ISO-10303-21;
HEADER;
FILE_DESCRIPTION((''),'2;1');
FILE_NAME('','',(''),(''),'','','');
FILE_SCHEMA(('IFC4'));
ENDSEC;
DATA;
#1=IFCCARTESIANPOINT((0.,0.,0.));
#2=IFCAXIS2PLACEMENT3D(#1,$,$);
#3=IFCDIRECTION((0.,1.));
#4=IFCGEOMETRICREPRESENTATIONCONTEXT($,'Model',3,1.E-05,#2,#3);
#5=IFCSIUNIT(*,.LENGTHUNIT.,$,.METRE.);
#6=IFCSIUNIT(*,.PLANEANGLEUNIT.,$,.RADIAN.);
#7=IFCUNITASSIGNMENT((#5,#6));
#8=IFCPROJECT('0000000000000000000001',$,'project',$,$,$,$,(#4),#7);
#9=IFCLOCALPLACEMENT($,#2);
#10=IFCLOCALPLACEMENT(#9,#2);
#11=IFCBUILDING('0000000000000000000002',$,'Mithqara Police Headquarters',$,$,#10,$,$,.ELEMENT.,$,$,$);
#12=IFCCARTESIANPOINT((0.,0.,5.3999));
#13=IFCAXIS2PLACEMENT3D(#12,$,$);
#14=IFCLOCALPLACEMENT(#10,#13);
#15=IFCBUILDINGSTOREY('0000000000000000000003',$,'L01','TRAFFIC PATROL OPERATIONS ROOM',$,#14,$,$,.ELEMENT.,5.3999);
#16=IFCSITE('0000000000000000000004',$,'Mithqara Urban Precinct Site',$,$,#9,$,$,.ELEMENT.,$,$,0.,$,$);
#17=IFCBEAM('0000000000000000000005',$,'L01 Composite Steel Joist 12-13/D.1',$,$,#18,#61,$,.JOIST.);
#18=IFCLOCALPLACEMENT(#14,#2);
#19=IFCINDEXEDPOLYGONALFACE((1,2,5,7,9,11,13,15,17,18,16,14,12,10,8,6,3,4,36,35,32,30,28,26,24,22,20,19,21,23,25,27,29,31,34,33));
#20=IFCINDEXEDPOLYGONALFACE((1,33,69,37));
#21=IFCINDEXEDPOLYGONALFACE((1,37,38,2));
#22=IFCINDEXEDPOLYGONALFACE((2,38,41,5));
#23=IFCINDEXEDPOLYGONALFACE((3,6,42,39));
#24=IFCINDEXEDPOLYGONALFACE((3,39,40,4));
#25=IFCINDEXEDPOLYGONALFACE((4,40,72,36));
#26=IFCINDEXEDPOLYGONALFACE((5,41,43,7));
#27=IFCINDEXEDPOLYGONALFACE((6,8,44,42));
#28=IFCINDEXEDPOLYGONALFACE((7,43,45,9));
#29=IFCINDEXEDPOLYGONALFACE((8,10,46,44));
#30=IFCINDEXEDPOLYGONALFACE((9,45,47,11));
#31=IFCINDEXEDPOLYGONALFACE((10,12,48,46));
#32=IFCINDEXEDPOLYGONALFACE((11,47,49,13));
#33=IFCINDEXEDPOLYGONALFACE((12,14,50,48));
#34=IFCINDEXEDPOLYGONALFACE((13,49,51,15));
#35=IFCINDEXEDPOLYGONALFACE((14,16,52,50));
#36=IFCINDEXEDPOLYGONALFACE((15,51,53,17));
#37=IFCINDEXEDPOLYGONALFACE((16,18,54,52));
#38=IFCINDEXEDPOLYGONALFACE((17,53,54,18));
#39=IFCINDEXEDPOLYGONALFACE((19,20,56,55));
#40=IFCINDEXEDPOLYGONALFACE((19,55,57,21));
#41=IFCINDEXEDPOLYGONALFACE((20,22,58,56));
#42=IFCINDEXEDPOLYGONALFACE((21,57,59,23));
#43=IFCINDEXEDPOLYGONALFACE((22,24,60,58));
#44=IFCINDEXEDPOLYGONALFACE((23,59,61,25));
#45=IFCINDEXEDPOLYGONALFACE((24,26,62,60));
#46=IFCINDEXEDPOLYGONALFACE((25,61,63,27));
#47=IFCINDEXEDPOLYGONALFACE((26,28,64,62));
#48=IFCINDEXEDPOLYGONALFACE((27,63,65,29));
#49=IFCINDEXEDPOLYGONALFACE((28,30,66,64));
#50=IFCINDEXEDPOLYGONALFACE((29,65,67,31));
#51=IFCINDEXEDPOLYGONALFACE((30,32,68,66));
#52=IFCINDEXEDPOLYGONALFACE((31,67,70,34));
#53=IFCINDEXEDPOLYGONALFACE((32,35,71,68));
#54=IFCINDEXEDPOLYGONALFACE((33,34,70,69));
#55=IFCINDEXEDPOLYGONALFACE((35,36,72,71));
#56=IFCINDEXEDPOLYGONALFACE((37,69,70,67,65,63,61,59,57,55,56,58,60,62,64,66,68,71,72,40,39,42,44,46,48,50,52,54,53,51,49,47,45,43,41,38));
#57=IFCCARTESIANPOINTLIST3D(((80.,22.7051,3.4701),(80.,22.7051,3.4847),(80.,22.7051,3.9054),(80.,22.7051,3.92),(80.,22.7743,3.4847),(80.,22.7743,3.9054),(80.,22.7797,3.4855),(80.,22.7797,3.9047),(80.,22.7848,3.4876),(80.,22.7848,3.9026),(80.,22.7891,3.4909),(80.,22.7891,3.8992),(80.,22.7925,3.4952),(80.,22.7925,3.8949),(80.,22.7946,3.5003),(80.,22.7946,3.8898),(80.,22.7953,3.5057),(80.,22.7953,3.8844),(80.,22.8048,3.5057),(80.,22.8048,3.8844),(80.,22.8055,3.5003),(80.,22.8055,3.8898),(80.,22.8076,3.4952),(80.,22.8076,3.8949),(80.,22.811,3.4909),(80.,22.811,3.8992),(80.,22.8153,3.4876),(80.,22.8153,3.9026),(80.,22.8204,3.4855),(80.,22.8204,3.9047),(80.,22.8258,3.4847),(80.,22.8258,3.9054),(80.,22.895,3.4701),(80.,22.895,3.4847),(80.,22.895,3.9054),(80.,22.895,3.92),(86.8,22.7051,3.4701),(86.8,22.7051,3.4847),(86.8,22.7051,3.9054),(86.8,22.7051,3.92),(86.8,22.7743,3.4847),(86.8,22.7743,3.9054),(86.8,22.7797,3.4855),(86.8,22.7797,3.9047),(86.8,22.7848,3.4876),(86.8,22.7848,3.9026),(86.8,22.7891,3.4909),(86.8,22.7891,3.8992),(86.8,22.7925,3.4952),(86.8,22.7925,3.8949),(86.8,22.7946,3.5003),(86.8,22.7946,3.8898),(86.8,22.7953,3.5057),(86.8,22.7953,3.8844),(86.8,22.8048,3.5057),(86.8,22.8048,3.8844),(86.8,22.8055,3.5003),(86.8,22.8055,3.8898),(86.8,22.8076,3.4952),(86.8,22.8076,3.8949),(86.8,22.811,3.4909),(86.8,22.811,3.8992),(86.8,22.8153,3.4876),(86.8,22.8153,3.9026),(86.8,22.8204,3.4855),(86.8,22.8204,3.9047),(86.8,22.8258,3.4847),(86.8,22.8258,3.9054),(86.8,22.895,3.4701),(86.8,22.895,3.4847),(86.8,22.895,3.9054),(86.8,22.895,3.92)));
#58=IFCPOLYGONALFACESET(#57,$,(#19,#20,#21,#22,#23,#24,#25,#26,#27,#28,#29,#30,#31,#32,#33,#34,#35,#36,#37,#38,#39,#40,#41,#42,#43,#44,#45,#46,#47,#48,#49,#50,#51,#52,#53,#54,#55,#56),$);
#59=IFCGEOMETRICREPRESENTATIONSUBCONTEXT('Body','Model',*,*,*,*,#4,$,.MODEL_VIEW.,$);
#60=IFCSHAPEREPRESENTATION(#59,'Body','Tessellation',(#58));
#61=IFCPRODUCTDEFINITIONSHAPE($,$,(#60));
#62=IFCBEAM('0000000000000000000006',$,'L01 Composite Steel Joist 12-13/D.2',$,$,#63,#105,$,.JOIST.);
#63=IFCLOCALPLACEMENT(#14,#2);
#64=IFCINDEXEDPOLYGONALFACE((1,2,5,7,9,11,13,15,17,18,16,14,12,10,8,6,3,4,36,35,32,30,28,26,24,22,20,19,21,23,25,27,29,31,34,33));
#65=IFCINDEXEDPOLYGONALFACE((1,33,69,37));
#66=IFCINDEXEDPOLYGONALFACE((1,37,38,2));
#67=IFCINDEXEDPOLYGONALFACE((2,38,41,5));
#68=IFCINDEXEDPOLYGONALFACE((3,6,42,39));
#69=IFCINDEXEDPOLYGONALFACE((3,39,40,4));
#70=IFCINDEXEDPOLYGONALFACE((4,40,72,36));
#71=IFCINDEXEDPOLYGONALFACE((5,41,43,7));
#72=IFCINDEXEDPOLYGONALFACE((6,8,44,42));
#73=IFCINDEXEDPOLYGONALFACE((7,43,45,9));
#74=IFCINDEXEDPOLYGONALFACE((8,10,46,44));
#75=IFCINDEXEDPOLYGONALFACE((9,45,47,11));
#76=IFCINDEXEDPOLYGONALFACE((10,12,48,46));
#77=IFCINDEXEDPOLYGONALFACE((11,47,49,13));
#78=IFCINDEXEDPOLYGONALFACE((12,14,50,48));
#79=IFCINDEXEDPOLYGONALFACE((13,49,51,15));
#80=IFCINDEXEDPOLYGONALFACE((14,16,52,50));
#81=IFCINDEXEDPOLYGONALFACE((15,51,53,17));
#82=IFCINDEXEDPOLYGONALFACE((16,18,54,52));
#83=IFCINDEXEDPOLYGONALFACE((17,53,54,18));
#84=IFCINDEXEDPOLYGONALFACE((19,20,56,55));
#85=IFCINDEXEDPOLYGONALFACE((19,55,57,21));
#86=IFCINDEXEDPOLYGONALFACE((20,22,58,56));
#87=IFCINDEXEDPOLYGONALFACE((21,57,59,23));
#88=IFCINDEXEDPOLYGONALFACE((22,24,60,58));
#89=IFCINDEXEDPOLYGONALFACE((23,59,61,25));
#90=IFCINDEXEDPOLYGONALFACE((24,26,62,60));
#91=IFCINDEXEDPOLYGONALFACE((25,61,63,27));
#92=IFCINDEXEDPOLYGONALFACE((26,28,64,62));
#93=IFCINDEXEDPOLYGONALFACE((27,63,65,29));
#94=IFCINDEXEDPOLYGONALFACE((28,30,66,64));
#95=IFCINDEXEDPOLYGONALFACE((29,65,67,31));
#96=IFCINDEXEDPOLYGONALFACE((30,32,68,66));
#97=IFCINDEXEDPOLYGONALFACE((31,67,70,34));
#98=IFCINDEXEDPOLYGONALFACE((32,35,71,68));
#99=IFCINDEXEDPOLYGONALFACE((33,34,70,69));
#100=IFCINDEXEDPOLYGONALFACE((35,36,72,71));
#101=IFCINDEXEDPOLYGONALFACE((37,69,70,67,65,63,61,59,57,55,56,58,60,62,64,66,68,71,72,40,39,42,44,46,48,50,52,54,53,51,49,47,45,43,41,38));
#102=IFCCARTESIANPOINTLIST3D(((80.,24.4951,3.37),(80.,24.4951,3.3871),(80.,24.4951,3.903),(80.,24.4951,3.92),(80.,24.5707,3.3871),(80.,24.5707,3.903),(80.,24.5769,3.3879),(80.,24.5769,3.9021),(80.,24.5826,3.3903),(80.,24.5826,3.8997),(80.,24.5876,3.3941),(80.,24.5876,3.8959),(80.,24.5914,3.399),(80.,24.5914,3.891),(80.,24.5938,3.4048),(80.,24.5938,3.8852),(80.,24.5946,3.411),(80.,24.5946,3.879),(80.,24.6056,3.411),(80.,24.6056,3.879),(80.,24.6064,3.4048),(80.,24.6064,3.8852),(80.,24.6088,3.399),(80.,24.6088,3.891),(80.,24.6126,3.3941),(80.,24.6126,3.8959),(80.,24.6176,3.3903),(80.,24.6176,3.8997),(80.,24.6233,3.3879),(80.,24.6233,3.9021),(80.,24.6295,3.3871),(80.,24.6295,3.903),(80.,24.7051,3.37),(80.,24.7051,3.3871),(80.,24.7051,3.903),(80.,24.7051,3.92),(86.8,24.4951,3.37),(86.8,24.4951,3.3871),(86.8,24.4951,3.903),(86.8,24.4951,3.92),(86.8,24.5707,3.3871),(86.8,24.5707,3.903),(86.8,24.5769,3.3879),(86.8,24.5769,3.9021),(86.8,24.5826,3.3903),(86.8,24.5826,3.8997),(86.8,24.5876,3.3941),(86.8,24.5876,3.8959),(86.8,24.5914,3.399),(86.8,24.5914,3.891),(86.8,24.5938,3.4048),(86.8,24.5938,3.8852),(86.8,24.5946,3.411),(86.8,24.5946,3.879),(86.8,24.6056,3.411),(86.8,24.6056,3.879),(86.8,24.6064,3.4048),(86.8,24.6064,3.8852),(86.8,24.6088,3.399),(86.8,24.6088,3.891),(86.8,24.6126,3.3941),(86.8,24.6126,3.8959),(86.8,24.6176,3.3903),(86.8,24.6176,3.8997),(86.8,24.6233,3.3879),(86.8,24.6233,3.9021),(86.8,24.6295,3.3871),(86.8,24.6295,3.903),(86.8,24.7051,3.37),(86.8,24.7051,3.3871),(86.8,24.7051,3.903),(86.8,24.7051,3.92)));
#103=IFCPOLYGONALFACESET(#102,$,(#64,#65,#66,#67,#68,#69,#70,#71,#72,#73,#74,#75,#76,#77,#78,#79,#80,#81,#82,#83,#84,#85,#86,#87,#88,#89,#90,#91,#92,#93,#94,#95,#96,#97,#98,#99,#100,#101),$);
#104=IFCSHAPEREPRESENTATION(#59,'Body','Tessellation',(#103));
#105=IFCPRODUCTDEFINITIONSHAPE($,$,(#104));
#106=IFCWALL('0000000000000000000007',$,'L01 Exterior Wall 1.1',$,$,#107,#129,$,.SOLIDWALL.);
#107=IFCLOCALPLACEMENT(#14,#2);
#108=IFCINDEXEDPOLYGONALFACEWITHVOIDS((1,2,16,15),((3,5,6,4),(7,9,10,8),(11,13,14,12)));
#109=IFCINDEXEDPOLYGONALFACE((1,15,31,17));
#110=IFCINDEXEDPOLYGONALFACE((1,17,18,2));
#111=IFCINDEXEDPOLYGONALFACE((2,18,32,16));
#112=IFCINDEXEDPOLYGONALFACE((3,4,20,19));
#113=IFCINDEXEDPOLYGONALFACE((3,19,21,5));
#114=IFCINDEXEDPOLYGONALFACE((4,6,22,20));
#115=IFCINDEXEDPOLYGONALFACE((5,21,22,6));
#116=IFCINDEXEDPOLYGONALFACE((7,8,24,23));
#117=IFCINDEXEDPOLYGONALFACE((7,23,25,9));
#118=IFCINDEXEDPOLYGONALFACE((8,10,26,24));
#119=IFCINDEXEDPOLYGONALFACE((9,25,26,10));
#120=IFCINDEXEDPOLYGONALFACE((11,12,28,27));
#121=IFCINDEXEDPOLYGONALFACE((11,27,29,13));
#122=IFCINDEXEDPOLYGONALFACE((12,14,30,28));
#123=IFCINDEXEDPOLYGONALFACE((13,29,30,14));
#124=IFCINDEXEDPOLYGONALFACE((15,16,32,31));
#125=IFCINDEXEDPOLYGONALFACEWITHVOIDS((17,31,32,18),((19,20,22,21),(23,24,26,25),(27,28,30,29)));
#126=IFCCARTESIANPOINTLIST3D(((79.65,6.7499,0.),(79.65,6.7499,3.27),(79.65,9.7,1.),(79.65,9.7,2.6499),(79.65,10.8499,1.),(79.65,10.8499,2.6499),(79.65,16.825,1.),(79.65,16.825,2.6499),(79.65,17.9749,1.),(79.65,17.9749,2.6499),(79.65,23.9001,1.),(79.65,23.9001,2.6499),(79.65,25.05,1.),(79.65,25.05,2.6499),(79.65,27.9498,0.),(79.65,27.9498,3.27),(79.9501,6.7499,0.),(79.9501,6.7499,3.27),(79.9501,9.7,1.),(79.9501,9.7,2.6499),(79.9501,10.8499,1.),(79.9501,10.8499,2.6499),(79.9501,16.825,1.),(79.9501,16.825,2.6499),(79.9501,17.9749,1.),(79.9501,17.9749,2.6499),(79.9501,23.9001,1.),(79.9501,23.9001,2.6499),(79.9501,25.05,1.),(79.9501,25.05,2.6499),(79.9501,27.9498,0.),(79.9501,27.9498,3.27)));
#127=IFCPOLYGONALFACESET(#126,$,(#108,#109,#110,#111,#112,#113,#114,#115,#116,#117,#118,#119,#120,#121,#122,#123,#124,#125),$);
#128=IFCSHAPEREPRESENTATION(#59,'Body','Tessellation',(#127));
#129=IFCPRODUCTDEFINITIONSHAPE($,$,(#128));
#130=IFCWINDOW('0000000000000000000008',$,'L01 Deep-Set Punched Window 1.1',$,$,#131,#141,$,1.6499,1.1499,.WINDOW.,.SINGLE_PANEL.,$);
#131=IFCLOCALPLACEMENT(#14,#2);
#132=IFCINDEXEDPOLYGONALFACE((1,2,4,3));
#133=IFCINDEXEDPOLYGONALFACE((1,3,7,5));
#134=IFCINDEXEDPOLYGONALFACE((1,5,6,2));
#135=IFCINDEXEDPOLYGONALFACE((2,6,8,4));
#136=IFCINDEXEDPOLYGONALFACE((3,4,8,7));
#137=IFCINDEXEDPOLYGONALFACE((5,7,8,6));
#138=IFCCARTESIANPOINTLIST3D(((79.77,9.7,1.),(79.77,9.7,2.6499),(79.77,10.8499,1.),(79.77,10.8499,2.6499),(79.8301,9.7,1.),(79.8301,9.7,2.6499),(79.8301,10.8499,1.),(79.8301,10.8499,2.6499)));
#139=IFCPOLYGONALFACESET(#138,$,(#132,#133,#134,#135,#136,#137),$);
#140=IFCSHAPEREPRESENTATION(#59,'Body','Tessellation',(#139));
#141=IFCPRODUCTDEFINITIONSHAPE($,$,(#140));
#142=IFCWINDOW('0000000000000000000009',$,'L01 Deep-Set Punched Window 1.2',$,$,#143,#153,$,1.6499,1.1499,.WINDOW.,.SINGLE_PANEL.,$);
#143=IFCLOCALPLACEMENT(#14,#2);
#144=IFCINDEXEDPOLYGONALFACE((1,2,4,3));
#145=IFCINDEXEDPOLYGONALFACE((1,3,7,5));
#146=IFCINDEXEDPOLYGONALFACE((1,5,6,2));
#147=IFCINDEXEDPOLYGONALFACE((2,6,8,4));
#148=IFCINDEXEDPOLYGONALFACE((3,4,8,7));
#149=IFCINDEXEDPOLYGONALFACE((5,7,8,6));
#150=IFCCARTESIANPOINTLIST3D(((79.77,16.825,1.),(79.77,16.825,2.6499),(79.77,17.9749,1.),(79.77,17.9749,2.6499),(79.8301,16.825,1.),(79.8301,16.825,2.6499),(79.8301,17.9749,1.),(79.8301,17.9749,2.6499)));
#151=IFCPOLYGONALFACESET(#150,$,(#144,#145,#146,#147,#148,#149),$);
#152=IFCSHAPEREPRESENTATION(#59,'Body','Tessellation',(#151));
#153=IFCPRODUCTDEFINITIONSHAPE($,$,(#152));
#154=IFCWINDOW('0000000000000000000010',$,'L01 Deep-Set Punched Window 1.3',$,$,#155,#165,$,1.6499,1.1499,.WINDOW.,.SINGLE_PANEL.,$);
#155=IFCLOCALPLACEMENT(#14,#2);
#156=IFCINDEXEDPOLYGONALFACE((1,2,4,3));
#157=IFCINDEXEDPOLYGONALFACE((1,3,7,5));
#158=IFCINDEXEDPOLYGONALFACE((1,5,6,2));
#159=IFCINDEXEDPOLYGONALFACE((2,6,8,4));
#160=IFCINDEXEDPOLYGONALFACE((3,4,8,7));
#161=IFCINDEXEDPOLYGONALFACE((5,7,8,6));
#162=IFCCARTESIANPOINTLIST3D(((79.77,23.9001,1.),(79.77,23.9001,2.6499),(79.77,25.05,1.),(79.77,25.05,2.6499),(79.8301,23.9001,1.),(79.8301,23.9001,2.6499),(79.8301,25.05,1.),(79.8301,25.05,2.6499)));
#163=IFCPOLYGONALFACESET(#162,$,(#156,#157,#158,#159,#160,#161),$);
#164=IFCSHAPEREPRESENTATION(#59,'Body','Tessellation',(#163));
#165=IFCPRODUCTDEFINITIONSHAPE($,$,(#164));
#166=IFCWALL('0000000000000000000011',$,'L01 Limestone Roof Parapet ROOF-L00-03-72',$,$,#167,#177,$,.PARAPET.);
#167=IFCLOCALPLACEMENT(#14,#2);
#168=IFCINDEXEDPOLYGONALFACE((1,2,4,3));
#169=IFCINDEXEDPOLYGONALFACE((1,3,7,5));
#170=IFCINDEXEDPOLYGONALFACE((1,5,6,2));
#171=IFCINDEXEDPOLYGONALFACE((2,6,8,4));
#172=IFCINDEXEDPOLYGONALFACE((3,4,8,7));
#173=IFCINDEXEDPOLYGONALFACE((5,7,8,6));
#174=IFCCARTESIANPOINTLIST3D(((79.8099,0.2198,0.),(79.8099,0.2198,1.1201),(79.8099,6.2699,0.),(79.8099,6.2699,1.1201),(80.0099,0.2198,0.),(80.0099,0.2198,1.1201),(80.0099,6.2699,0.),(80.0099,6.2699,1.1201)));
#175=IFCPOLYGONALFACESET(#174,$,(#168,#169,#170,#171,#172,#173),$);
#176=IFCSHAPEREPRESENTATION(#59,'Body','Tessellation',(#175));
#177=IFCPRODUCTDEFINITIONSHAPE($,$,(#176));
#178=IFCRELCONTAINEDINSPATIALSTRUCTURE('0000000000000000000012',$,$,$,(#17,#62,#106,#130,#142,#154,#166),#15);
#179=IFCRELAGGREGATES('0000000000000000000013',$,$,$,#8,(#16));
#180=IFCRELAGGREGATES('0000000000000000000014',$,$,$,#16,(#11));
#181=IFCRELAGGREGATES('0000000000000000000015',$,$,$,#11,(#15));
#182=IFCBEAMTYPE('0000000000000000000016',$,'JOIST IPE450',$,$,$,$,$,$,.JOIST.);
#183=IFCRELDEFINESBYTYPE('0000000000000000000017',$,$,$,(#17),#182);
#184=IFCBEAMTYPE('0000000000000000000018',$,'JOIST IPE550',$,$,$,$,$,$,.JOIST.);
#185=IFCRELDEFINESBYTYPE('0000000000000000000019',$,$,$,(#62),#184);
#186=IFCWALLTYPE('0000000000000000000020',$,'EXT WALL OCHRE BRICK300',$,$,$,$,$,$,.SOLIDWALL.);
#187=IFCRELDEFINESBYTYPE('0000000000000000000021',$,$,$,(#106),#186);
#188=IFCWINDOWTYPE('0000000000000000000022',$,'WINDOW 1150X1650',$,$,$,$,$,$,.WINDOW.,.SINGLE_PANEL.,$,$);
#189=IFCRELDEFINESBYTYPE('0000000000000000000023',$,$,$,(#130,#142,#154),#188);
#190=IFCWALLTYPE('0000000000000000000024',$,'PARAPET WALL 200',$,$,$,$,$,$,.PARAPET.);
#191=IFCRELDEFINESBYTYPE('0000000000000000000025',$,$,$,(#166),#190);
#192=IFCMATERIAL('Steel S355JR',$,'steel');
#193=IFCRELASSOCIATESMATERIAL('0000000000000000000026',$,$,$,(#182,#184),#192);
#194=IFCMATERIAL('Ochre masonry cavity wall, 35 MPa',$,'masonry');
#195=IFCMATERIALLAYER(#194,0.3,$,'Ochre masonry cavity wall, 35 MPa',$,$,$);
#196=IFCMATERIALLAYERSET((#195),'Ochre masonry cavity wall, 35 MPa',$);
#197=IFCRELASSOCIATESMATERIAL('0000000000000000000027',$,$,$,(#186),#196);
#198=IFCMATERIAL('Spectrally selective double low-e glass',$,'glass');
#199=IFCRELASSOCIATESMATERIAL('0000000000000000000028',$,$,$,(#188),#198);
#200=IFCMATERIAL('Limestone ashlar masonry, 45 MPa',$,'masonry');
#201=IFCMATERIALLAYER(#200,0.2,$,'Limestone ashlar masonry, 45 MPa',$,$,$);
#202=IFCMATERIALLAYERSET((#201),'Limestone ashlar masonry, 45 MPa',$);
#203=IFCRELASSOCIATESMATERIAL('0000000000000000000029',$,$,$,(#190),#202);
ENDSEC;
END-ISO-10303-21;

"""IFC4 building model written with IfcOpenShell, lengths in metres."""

from ifc_helpers import new_model, si_unit, direction, frame, frame_2d, origin, origin_2d, place, context, subcontext, project, spatial, rectangle, i_section, extrude, material, layer, layer_set, material_profile, profile_set, type_object, element, fill, save


model = new_model("IFC4")

# Units and contexts
model_context = context("Model", 3, precision=1e-05, world=origin(), true_north=direction((0.0, 1.0)))
body_context = subcontext(model_context, "Body", "Model", "MODEL_VIEW")
ifc_project = project(units=[si_unit("LENGTHUNIT", "METRE"), si_unit("PLANEANGLEUNIT", "RADIAN")], contexts=[model_context])

# Site, building, storey
site_placement = place(None, origin())
site = spatial("IfcSite", under=ifc_project, at=site_placement, Name="Mithqara Urban Precinct Site", CompositionType="ELEMENT", RefElevation=0.0)
building_placement = place(site_placement, origin())
building = spatial("IfcBuilding", under=site, at=building_placement, Name="Mithqara Police Headquarters", CompositionType="ELEMENT")
storey_placement = place(building_placement, frame((0.0, 0.0, 5.3999)))
storey = spatial("IfcBuildingStorey", under=building, at=storey_placement, Name="L01", Description="TRAFFIC PATROL OPERATIONS ROOM", CompositionType="ELEMENT", Elevation=5.3999)

# Beams
ifc_material_1 = material(Name="Steel S355JR", Category="steel")
ifc_material_profile_1 = material_profile(ifc_material_1, i_section(OverallWidth=0.1899, OverallDepth=0.45, WebThickness=0.0095, FlangeThickness=0.0146, FilletRadius=0.021, at=origin_2d()), Name="IPE 450")
ifc_profile_set_1 = profile_set([ifc_material_profile_1], Name="Steel S355JR")
beam_type_1 = type_object("IfcBeamType", Name="JOIST IPE450", PredefinedType="JOIST", material=ifc_profile_set_1)
beam_1_placement = place(storey_placement, frame((80.0, 22.8, 3.6951), z_axis=(1.0, 0.0, 0.0), x_axis=(0.0, 1.0, 0.0)))
element("IfcBeam", 1, at=beam_1_placement, inside=storey, type_object=beam_type_1, Name="L01 Composite Steel Joist 12-13/D.1", PredefinedType="JOIST", context=body_context, shape_type="SweptSolid", body=[
    extrude(i_section(OverallWidth=0.1899, OverallDepth=0.45, WebThickness=0.0095, FlangeThickness=0.0146, FilletRadius=0.021, at=origin_2d()), origin(), (0.0, 0.0, 1.0), 6.8),
])
ifc_material_profile_2 = material_profile(ifc_material_1, i_section(OverallWidth=0.21, OverallDepth=0.55, WebThickness=0.011, FlangeThickness=0.0171, FilletRadius=0.0239, at=origin_2d()), Name="IPE 550")
ifc_profile_set_2 = profile_set([ifc_material_profile_2], Name="Steel S355JR")
beam_type_2 = type_object("IfcBeamType", Name="JOIST IPE550", PredefinedType="JOIST", material=ifc_profile_set_2)
beam_2_placement = place(storey_placement, frame((80.0, 24.6001, 3.645), z_axis=(1.0, 0.0, 0.0), x_axis=(0.0, 1.0, 0.0)))
element("IfcBeam", 2, at=beam_2_placement, inside=storey, type_object=beam_type_2, Name="L01 Composite Steel Joist 12-13/D.2", PredefinedType="JOIST", context=body_context, shape_type="SweptSolid", body=[
    extrude(i_section(OverallWidth=0.21, OverallDepth=0.55, WebThickness=0.011, FlangeThickness=0.0171, FilletRadius=0.0239, at=origin_2d()), origin(), (0.0, 0.0, 1.0), 6.8),
])

# Wall, openings, windows
ifc_material_2 = material(Name="Ochre masonry cavity wall, 35 MPa", Category="masonry")
ifc_layer_1 = layer(ifc_material_2, 0.3, Name="Ochre masonry cavity wall, 35 MPa")
ifc_layer_set_1 = layer_set([ifc_layer_1], Name="Ochre masonry cavity wall, 35 MPa")
wall_type_1 = type_object("IfcWallType", Name="EXT WALL OCHRE BRICK300", PredefinedType="SOLIDWALL", material=ifc_layer_set_1)
wall_1_placement = place(storey_placement, frame((79.8, 27.95, 0.0), z_axis=(0.0, 0.0, 1.0), x_axis=(0.0, -1.0, 0.0)))
wall_1 = element("IfcWall", 3, at=wall_1_placement, inside=storey, type_object=wall_type_1, Name="L01 Exterior Wall 1.1", PredefinedType="SOLIDWALL", context=body_context, shape_type="SweptSolid", body=[
    extrude(rectangle(XDim=21.2, YDim=0.3, at=frame_2d((10.6001, 0.0))), origin(), (0.0, 0.0, 1.0), 3.27),
])
opening_1_placement = place(wall_1_placement, frame((17.1001, 0.0, 1.0)))
opening_1 = element("IfcOpeningElement", 4, at=opening_1_placement, cuts=wall_1, PredefinedType="OPENING", context=body_context, shape_type="SweptSolid", body=[
    extrude(rectangle(XDim=1.1499, YDim=1.6499, at=frame_2d((0.575, 0.825))), frame((0.0, 0.1602, 0.0), z_axis=(0.0, -1.0, 0.0), x_axis=(1.0, 0.0, 0.0)), (0.0, 0.0, 1.0), 0.3201),
])
opening_2_placement = place(wall_1_placement, frame((9.9751, 0.0, 1.0)))
opening_2 = element("IfcOpeningElement", 5, at=opening_2_placement, cuts=wall_1, PredefinedType="OPENING", context=body_context, shape_type="SweptSolid", body=[
    extrude(rectangle(XDim=1.1499, YDim=1.6499, at=frame_2d((0.575, 0.825))), frame((0.0, 0.1602, 0.0), z_axis=(0.0, -1.0, 0.0), x_axis=(1.0, 0.0, 0.0)), (0.0, 0.0, 1.0), 0.3201),
])
opening_3_placement = place(wall_1_placement, frame((2.8999, 0.0, 1.0)))
opening_3 = element("IfcOpeningElement", 6, at=opening_3_placement, cuts=wall_1, PredefinedType="OPENING", context=body_context, shape_type="SweptSolid", body=[
    extrude(rectangle(XDim=1.1499, YDim=1.6499, at=frame_2d((0.575, 0.825))), frame((0.0, 0.1602, 0.0), z_axis=(0.0, -1.0, 0.0), x_axis=(1.0, 0.0, 0.0)), (0.0, 0.0, 1.0), 0.3201),
])
ifc_material_3 = material(Name="Spectrally selective double low-e glass", Category="glass")
window_type = type_object("IfcWindowType", Name="WINDOW 1150X1650", PartitioningType="SINGLE_PANEL", PredefinedType="WINDOW", material=ifc_material_3)
window_1_placement = place(opening_1_placement, origin())
window_1 = element("IfcWindow", 7, at=window_1_placement, inside=storey, type_object=window_type, Name="L01 Deep-Set Punched Window 1.1", OverallHeight=1.6499, OverallWidth=1.1499, PartitioningType="SINGLE_PANEL", PredefinedType="WINDOW", context=body_context, shape_type="SweptSolid", body=[
    extrude(rectangle(XDim=1.1499, YDim=1.6499, at=frame_2d((0.575, 0.825))), frame((0.0, 0.03, 0.0), z_axis=(0.0, -1.0, 0.0), x_axis=(1.0, 0.0, 0.0)), (0.0, 0.0, 1.0), 0.0601),
])
fill(opening_1, window_1)
window_2_placement = place(opening_2_placement, origin())
window_2 = element("IfcWindow", 8, at=window_2_placement, inside=storey, type_object=window_type, Name="L01 Deep-Set Punched Window 1.2", OverallHeight=1.6499, OverallWidth=1.1499, PartitioningType="SINGLE_PANEL", PredefinedType="WINDOW", context=body_context, shape_type="SweptSolid", body=[
    extrude(rectangle(XDim=1.1499, YDim=1.6499, at=frame_2d((0.575, 0.825))), frame((0.0, 0.03, 0.0), z_axis=(0.0, -1.0, 0.0), x_axis=(1.0, 0.0, 0.0)), (0.0, 0.0, 1.0), 0.0601),
])
fill(opening_2, window_2)
window_3_placement = place(opening_3_placement, origin())
window_3 = element("IfcWindow", 9, at=window_3_placement, inside=storey, type_object=window_type, Name="L01 Deep-Set Punched Window 1.3", OverallHeight=1.6499, OverallWidth=1.1499, PartitioningType="SINGLE_PANEL", PredefinedType="WINDOW", context=body_context, shape_type="SweptSolid", body=[
    extrude(rectangle(XDim=1.1499, YDim=1.6499, at=frame_2d((0.575, 0.825))), frame((0.0, 0.03, 0.0), z_axis=(0.0, -1.0, 0.0), x_axis=(1.0, 0.0, 0.0)), (0.0, 0.0, 1.0), 0.0601),
])
fill(opening_3, window_3)

# Wall
ifc_material_4 = material(Name="Limestone ashlar masonry, 45 MPa", Category="masonry")
ifc_layer_2 = layer(ifc_material_4, 0.2, Name="Limestone ashlar masonry, 45 MPa")
ifc_layer_set_2 = layer_set([ifc_layer_2], Name="Limestone ashlar masonry, 45 MPa")
wall_type_2 = type_object("IfcWallType", Name="PARAPET WALL 200", PredefinedType="PARAPET", material=ifc_layer_set_2)
wall_2_placement = place(storey_placement, frame((79.9099, 0.22, 0.0), z_axis=(0.0, 0.0, 1.0), x_axis=(0.0, 1.0, 0.0)))
element("IfcWall", 10, at=wall_2_placement, inside=storey, type_object=wall_type_2, Name="L01 Limestone Roof Parapet ROOF-L00-03-72", PredefinedType="PARAPET", context=body_context, shape_type="SweptSolid", body=[
    extrude(rectangle(XDim=6.05, YDim=0.2, at=frame_2d((3.0249, 0.0))), origin(), (0.0, 0.0, 1.0), 1.1201),
])

save(model, "model.ifc")
